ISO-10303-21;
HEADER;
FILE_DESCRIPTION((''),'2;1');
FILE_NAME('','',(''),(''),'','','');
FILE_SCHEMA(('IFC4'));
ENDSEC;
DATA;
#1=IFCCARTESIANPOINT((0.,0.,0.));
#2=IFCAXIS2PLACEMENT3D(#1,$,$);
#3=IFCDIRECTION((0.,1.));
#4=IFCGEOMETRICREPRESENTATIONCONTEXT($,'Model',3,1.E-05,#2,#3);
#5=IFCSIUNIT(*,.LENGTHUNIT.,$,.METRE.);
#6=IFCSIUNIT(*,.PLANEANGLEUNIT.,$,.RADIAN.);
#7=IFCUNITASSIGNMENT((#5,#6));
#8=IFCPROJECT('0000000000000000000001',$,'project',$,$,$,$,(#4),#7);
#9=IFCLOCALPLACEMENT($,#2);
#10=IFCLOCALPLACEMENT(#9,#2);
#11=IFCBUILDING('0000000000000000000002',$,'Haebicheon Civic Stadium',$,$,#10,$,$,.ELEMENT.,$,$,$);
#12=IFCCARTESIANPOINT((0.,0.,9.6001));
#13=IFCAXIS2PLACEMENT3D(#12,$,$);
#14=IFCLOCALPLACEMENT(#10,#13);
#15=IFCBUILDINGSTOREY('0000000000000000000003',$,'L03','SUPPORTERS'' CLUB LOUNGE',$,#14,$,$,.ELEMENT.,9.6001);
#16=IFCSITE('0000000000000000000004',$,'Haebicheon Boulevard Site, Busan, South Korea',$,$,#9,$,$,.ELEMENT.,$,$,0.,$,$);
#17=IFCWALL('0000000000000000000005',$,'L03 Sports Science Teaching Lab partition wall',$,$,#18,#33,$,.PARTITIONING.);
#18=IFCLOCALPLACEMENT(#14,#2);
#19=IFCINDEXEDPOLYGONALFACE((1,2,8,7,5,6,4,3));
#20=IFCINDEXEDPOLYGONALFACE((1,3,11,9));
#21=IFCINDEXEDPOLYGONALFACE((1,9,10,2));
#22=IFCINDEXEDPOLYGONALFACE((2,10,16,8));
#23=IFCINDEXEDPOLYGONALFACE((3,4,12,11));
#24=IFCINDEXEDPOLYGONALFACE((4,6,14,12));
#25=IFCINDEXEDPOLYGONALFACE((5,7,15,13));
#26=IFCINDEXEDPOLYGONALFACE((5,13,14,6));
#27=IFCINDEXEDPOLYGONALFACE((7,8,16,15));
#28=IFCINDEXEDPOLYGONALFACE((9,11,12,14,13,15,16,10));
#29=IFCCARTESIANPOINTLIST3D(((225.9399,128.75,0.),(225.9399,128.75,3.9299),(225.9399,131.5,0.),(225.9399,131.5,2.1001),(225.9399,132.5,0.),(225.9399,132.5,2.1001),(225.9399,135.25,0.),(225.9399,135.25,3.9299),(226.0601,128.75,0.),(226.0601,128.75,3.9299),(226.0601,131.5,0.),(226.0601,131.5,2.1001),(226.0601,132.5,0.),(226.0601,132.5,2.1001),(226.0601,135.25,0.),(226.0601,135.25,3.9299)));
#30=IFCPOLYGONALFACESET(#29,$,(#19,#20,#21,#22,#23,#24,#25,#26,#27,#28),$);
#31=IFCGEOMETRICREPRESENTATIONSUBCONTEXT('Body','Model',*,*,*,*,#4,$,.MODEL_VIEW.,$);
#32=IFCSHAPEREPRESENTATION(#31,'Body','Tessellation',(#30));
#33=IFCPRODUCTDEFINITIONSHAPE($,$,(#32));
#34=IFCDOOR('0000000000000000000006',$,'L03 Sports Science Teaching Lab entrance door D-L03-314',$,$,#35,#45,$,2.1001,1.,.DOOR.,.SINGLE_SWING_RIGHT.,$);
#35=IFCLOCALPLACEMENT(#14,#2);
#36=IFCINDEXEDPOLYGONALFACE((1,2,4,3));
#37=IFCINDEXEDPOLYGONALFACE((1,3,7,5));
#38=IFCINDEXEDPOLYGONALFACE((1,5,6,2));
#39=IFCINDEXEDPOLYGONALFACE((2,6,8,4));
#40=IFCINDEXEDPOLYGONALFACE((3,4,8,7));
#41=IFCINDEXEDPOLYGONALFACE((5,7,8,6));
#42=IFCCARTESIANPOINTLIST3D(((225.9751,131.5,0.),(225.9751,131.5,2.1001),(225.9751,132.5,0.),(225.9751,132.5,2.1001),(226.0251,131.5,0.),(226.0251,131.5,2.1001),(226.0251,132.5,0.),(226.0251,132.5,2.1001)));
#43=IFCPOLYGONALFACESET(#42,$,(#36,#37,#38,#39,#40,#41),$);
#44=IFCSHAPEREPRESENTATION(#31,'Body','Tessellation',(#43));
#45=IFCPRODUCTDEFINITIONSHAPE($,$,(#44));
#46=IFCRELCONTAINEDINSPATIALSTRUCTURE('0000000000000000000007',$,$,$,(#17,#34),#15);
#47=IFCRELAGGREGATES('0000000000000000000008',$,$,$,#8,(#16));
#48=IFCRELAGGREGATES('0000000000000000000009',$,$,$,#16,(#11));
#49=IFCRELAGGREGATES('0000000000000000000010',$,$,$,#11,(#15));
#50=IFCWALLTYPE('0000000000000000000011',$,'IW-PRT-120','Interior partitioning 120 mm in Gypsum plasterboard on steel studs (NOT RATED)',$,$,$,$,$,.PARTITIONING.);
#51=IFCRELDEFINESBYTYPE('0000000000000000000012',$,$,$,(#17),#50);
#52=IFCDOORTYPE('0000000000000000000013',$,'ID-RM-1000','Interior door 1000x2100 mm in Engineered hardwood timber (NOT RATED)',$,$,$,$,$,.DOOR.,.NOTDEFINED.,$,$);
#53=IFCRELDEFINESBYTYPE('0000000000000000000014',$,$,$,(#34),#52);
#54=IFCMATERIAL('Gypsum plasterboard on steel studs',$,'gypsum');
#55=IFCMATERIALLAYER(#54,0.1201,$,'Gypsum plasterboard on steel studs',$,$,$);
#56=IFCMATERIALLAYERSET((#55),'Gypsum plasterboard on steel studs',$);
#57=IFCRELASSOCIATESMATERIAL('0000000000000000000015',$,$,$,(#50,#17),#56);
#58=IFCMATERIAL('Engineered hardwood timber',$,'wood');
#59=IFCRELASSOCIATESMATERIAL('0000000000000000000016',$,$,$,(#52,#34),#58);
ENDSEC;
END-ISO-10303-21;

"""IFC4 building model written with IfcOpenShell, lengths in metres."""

from ifc_helpers import new_model, si_unit, direction, frame, frame_2d, origin, place, context, subcontext, project, spatial, rectangle, extrude, material, layer, layer_set, type_object, element, fill, save


model = new_model("IFC4")

# Units and contexts
model_context = context("Model", 3, precision=1e-05, world=origin(), true_north=direction((0.0, 1.0)))
body_context = subcontext(model_context, "Body", "Model", "MODEL_VIEW")
ifc_project = project(units=[si_unit("LENGTHUNIT", "METRE"), si_unit("PLANEANGLEUNIT", "RADIAN")], contexts=[model_context])

# Site, building, storey
site_placement = place(None, origin())
site = spatial("IfcSite", under=ifc_project, at=site_placement, Name="Haebicheon Boulevard Site, Busan, South Korea", CompositionType="ELEMENT", RefElevation=0.0)
building_placement = place(site_placement, origin())
building = spatial("IfcBuilding", under=site, at=building_placement, Name="Haebicheon Civic Stadium", CompositionType="ELEMENT")
storey_placement = place(building_placement, frame((0.0, 0.0, 9.6001)))
storey = spatial("IfcBuildingStorey", under=building, at=storey_placement, Name="L03", Description="SUPPORTERS' CLUB LOUNGE", CompositionType="ELEMENT", Elevation=9.6001)

# Wall, opening, door
ifc_material_1 = material(Name="Gypsum plasterboard on steel studs", Category="gypsum")
ifc_layer_1 = layer(ifc_material_1, 0.1201, Name="Gypsum plasterboard on steel studs")
ifc_layer_set_1 = layer_set([ifc_layer_1], Name="Gypsum plasterboard on steel studs")
wall_type_1 = type_object("IfcWallType", Name="IW-PRT-120", Description="Interior partitioning 120 mm in Gypsum plasterboard on steel studs (NOT RATED)", PredefinedType="PARTITIONING", material=ifc_layer_set_1)
wall_1_placement = place(storey_placement, frame((226.0, 128.75, 0.0), z_axis=(0.0, 0.0, 1.0), x_axis=(0.0, 1.0, 0.0)))
wall_1 = element("IfcWall", 1, at=wall_1_placement, inside=storey, type_object=wall_type_1, material=ifc_layer_set_1, Name="L03 Sports Science Teaching Lab partition wall", PredefinedType="PARTITIONING", context=body_context, shape_type="SweptSolid", body=[
    extrude(rectangle(XDim=6.5, YDim=0.1201, at=frame_2d((3.25, 0.0))), origin(), (0.0, 0.0, 1.0), 3.9299),
])
opening_1_placement = place(wall_1_placement, frame((2.75, 0.0, 0.0)))
opening_1 = element("IfcOpeningElement", 2, at=opening_1_placement, cuts=wall_1, PredefinedType="OPENING", context=body_context, shape_type="SweptSolid", body=[
    extrude(rectangle(XDim=1.0, YDim=2.1001, at=frame_2d((0.5, 1.05))), frame((0.0, 0.0701, 0.0), z_axis=(0.0, -1.0, 0.0), x_axis=(1.0, 0.0, 0.0)), (0.0, 0.0, 1.0), 0.1401),
])
ifc_material_2 = material(Name="Engineered hardwood timber", Category="wood")
door_type_1 = type_object("IfcDoorType", Name="ID-RM-1000", Description="Interior door 1000x2100 mm in Engineered hardwood timber (NOT RATED)", OperationType="NOTDEFINED", PredefinedType="DOOR", material=ifc_material_2)
door_1_placement = place(opening_1_placement, origin())
door_1 = element("IfcDoor", 3, at=door_1_placement, inside=storey, type_object=door_type_1, material=ifc_material_2, Name="L03 Sports Science Teaching Lab entrance door D-L03-314", OperationType="SINGLE_SWING_RIGHT", OverallHeight=2.1001, OverallWidth=1.0, PredefinedType="DOOR", context=body_context, shape_type="SweptSolid", body=[
    extrude(rectangle(XDim=1.0, YDim=2.1001, at=frame_2d((0.5, 1.05))), frame((0.0, 0.0249, 0.0), z_axis=(0.0, -1.0, 0.0), x_axis=(1.0, 0.0, 0.0)), (0.0, 0.0, 1.0), 0.05),
])
fill(opening_1, door_1)

save(model, "model.ifc")
